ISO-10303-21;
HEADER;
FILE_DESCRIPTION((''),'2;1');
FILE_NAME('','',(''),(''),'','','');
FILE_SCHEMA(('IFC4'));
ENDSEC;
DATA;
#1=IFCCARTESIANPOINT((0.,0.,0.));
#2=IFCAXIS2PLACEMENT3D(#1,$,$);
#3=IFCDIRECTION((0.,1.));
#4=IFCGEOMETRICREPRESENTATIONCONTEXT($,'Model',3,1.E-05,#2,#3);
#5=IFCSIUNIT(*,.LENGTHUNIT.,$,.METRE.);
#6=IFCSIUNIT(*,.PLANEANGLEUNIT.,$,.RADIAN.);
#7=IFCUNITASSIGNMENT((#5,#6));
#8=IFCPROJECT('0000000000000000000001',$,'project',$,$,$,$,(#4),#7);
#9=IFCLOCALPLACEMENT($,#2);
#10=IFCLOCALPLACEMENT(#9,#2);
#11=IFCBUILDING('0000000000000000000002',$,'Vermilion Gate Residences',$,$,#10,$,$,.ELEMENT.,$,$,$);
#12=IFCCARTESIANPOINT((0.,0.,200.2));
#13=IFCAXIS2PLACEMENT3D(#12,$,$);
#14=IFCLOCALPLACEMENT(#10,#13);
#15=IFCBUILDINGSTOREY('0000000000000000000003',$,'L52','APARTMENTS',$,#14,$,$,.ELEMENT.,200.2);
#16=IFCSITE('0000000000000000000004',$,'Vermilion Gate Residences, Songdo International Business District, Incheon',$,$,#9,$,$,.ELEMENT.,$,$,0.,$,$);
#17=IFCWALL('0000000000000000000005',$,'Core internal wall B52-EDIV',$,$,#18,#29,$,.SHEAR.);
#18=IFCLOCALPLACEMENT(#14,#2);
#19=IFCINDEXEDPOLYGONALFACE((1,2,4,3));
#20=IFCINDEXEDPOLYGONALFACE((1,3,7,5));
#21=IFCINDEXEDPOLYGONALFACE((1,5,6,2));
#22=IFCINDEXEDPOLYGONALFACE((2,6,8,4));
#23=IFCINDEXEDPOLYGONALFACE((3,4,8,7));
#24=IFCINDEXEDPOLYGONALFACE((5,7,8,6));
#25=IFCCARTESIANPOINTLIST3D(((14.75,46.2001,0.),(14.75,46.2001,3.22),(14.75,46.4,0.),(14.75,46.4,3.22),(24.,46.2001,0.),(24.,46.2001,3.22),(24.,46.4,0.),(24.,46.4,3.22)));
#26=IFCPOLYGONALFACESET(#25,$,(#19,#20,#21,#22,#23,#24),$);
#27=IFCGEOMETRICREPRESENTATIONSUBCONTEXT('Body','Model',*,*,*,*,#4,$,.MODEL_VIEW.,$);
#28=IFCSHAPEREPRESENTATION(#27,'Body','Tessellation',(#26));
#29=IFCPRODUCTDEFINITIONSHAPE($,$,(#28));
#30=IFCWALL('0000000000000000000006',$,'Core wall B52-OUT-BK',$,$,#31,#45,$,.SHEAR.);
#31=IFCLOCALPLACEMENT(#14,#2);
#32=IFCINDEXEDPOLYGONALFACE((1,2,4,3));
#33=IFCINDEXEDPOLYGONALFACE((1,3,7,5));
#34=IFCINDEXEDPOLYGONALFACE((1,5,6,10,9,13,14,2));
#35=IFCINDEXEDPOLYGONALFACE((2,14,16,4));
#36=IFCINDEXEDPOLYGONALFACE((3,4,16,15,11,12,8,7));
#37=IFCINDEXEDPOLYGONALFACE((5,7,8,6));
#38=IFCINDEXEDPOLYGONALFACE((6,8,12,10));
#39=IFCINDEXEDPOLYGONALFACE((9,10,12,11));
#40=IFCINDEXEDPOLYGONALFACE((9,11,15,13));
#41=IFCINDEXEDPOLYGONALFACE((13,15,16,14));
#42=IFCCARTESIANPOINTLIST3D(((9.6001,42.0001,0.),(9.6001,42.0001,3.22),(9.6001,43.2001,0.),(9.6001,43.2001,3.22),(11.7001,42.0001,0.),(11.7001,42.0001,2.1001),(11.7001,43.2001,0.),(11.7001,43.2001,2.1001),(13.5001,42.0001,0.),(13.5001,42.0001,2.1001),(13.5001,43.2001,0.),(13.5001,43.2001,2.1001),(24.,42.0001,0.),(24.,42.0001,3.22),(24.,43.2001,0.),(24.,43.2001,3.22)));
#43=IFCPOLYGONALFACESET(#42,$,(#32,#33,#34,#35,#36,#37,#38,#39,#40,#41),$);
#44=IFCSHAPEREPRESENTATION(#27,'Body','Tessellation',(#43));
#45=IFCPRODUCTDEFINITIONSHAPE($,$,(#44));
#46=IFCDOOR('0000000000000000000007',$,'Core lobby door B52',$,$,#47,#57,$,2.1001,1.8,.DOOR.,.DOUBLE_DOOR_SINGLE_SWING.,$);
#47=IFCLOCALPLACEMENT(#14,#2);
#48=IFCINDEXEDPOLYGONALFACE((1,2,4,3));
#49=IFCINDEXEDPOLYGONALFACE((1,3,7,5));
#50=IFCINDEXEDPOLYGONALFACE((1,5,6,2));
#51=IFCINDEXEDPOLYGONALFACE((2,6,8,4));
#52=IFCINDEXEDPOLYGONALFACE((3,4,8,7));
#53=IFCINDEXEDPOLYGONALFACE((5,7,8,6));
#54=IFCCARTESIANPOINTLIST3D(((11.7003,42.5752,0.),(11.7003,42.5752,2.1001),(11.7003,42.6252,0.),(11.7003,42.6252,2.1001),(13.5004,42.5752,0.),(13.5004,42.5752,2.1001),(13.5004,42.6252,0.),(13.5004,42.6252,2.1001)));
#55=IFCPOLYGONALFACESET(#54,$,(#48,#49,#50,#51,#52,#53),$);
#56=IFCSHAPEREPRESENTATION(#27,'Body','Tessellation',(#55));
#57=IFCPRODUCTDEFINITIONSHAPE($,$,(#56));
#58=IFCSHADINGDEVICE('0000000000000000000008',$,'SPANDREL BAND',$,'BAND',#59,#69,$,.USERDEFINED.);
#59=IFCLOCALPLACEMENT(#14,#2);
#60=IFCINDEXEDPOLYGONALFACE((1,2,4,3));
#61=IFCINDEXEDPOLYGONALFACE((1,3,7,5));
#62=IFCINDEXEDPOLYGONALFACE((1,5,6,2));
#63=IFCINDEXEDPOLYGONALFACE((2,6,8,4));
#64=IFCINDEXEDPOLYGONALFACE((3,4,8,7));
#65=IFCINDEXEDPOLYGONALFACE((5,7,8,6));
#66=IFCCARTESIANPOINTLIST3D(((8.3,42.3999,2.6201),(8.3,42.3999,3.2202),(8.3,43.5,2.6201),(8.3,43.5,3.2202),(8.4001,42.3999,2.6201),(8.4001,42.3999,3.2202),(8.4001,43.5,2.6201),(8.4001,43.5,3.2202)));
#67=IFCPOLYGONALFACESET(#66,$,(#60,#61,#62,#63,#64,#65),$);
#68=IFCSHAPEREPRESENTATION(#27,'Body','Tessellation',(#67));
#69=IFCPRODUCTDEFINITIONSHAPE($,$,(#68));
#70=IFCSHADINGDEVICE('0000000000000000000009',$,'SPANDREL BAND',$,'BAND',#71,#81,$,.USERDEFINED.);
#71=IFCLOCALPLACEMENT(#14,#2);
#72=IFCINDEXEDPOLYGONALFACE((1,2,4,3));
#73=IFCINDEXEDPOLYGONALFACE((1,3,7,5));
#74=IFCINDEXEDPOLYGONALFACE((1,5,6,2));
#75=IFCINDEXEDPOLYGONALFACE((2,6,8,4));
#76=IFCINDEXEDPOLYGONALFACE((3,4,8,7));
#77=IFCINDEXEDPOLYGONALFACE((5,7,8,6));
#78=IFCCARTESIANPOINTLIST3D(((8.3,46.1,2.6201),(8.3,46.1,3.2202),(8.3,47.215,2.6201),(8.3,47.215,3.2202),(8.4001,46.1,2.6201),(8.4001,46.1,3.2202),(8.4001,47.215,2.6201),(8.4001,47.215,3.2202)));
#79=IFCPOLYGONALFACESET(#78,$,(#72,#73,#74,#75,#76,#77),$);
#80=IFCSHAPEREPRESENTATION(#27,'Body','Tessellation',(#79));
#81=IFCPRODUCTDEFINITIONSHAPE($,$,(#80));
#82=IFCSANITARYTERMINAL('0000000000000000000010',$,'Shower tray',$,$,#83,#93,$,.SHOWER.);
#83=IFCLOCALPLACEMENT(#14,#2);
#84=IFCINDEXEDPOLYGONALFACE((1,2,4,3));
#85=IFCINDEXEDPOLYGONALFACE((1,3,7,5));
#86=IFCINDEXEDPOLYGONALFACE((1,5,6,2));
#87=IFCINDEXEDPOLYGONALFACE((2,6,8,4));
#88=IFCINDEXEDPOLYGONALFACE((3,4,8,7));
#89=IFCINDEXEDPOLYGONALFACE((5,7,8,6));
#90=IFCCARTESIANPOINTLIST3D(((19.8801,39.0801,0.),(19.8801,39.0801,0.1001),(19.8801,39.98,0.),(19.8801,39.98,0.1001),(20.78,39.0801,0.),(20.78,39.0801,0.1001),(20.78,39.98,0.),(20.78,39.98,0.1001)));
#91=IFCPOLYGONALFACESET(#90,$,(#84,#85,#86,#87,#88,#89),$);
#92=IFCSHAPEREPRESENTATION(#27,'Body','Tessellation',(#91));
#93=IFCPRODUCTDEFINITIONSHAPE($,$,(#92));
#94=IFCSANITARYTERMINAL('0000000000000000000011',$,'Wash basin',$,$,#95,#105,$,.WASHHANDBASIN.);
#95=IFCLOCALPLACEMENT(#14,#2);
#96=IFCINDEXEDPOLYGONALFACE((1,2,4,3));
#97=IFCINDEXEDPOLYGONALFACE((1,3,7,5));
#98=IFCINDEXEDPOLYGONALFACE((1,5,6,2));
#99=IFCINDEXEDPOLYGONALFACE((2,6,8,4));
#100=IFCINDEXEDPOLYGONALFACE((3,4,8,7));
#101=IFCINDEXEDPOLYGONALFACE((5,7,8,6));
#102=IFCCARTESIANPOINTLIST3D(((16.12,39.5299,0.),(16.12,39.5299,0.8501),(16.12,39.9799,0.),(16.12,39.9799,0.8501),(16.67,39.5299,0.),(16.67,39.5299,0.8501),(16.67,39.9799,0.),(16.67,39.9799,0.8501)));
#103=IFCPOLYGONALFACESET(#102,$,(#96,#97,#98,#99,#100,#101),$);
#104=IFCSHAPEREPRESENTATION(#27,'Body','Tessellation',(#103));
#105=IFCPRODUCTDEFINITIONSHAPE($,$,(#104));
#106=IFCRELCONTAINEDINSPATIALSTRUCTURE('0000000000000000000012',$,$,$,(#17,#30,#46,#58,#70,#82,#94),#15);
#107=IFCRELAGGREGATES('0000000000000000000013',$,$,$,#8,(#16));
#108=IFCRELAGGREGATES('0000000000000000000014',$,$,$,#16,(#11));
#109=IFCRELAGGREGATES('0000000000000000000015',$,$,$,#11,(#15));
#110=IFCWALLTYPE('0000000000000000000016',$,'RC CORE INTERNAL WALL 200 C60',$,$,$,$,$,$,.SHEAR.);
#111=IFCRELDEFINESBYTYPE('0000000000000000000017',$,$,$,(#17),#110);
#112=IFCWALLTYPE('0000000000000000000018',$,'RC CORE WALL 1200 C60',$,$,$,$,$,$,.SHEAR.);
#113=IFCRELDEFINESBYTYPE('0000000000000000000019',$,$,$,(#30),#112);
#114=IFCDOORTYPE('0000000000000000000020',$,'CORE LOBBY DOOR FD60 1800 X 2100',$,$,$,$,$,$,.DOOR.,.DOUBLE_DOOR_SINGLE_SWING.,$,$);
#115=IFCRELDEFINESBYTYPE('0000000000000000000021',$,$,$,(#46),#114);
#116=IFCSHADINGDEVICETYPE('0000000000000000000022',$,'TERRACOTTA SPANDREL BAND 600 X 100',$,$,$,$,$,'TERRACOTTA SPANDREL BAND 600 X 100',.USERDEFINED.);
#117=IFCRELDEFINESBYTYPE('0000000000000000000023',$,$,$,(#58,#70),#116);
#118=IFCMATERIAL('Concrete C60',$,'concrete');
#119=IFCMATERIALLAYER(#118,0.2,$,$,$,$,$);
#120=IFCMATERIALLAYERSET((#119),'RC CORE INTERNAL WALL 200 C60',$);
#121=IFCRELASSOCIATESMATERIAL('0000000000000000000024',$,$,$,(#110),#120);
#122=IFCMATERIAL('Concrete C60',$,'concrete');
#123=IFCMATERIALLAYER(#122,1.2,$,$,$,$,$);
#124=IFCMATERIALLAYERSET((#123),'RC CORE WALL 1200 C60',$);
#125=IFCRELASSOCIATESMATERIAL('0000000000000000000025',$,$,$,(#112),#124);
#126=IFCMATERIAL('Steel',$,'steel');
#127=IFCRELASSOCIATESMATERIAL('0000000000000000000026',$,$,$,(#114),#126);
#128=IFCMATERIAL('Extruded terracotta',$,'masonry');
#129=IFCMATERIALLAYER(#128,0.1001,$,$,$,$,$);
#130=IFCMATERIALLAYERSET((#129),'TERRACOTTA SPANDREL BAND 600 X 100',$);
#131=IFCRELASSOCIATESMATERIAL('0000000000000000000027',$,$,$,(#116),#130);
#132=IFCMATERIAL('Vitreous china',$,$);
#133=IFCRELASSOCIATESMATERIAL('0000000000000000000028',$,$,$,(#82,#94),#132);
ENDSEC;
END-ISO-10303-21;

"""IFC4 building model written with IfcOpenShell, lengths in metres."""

from ifc_helpers import new_model, si_unit, direction, frame, frame_2d, origin, origin_2d, place, context, subcontext, project, spatial, rectangle, extrude, material, layer, layer_set, type_object, element, fill, save


model = new_model("IFC4")

# Units and contexts
model_context = context("Model", 3, precision=1e-05, world=origin(), true_north=direction((0.0, 1.0)))
body_context = subcontext(model_context, "Body", "Model", "MODEL_VIEW")
ifc_project = project(units=[si_unit("LENGTHUNIT", "METRE"), si_unit("PLANEANGLEUNIT", "RADIAN")], contexts=[model_context])

# Site, building, storey
site_placement = place(None, origin())
site = spatial("IfcSite", under=ifc_project, at=site_placement, Name="Vermilion Gate Residences, Songdo International Business District, Incheon", CompositionType="ELEMENT", RefElevation=0.0)
building_placement = place(site_placement, origin())
building = spatial("IfcBuilding", under=site, at=building_placement, Name="Vermilion Gate Residences", CompositionType="ELEMENT")
storey_placement = place(building_placement, frame((0.0, 0.0, 200.2)))
storey = spatial("IfcBuildingStorey", under=building, at=storey_placement, Name="L52", Description="APARTMENTS", CompositionType="ELEMENT", Elevation=200.2)

# Wall
ifc_material_1 = material(Name="Concrete C60", Category="concrete")
ifc_layer_1 = layer(ifc_material_1, 0.2)
ifc_layer_set_1 = layer_set([ifc_layer_1], Name="RC CORE INTERNAL WALL 200 C60")
wall_type_1 = type_object("IfcWallType", Name="RC CORE INTERNAL WALL 200 C60", PredefinedType="SHEAR", material=ifc_layer_set_1)
wall_1_placement = place(storey_placement, frame((14.75, 46.3, 0.0), z_axis=(0.0, 0.0, 1.0), x_axis=(1.0, 0.0, 0.0)))
element("IfcWall", 1, at=wall_1_placement, inside=storey, type_object=wall_type_1, Name="Core internal wall B52-EDIV", PredefinedType="SHEAR", context=body_context, shape_type="SweptSolid", body=[
    extrude(rectangle(XDim=9.25, YDim=0.2, at=frame_2d((4.625, 0.0))), origin(), (0.0, 0.0, 1.0), 3.22),
])

# Wall, opening, door
ifc_material_2 = material(Name="Concrete C60", Category="concrete")
ifc_layer_2 = layer(ifc_material_2, 1.2)
ifc_layer_set_2 = layer_set([ifc_layer_2], Name="RC CORE WALL 1200 C60")
wall_type_2 = type_object("IfcWallType", Name="RC CORE WALL 1200 C60", PredefinedType="SHEAR", material=ifc_layer_set_2)
wall_2_placement = place(storey_placement, frame((9.6001, 42.6001, 0.0), z_axis=(0.0, 0.0, 1.0), x_axis=(1.0, 0.0, 0.0)))
wall_2 = element("IfcWall", 2, at=wall_2_placement, inside=storey, type_object=wall_type_2, Name="Core wall B52-OUT-BK", PredefinedType="SHEAR", context=body_context, shape_type="SweptSolid", body=[
    extrude(rectangle(XDim=14.3999, YDim=1.2, at=frame_2d((7.2, 0.0))), origin(), (0.0, 0.0, 1.0), 3.22),
])
opening_1_placement = place(wall_2_placement, frame((2.1001, 0.0, 0.0)))
opening_1 = element("IfcOpeningElement", 3, at=opening_1_placement, cuts=wall_2, PredefinedType="OPENING", context=body_context, shape_type="SweptSolid", body=[
    extrude(rectangle(XDim=1.8, YDim=2.1001, at=frame_2d((0.8999, 1.05))), frame((0.0, 0.6099, 0.0), z_axis=(0.0, -1.0, 0.0), x_axis=(1.0, 0.0, 0.0)), (0.0, 0.0, 1.0), 1.22),
])
ifc_material_3 = material(Name="Steel", Category="steel")
door_type_1 = type_object("IfcDoorType", Name="CORE LOBBY DOOR FD60 1800 X 2100", OperationType="DOUBLE_DOOR_SINGLE_SWING", PredefinedType="DOOR", material=ifc_material_3)
door_1_placement = place(opening_1_placement, frame((1.8, 0.0, 0.0), z_axis=(0.0, 0.0, 1.0), x_axis=(-1.0, 0.0, 0.0)))
door_1 = element("IfcDoor", 4, at=door_1_placement, inside=storey, type_object=door_type_1, Name="Core lobby door B52", OperationType="DOUBLE_DOOR_SINGLE_SWING", OverallHeight=2.1001, OverallWidth=1.8, PredefinedType="DOOR", context=body_context, shape_type="SweptSolid", body=[
    extrude(rectangle(XDim=1.8, YDim=2.1001, at=frame_2d((0.8999, 1.05))), frame((0.0, 0.0249, 0.0), z_axis=(0.0, -1.0, 0.0), x_axis=(1.0, 0.0, 0.0)), (0.0, 0.0, 1.0), 0.05),
])
fill(opening_1, door_1)

# Shading devices
ifc_material_4 = material(Name="Extruded terracotta", Category="masonry")
ifc_layer_3 = layer(ifc_material_4, 0.1001)
ifc_layer_set_3 = layer_set([ifc_layer_3], Name="TERRACOTTA SPANDREL BAND 600 X 100")
shading_device_type = type_object("IfcShadingDeviceType", Name="TERRACOTTA SPANDREL BAND 600 X 100", ElementType="TERRACOTTA SPANDREL BAND 600 X 100", PredefinedType="USERDEFINED", material=ifc_layer_set_3)
shading_device_1_placement = place(storey_placement, frame((8.3501, 42.95, 2.6201), z_axis=(0.0, 0.0, 1.0), x_axis=(0.0, 1.0, 0.0)))
element("IfcShadingDevice", 5, at=shading_device_1_placement, inside=storey, type_object=shading_device_type, Name="SPANDREL BAND", ObjectType="BAND", PredefinedType="USERDEFINED", context=body_context, shape_type="SweptSolid", body=[
    extrude(rectangle(XDim=1.1001, YDim=0.1001, at=origin_2d()), origin(), (0.0, 0.0, 1.0), 0.6001),
])
shading_device_2_placement = place(storey_placement, frame((8.3501, 46.6575, 2.6201), z_axis=(0.0, 0.0, 1.0), x_axis=(0.0, 1.0, 0.0)))
element("IfcShadingDevice", 6, at=shading_device_2_placement, inside=storey, type_object=shading_device_type, Name="SPANDREL BAND", ObjectType="BAND", PredefinedType="USERDEFINED", context=body_context, shape_type="SweptSolid", body=[
    extrude(rectangle(XDim=1.115, YDim=0.1001, at=origin_2d()), origin(), (0.0, 0.0, 1.0), 0.6001),
])

# Sanitary terminals
ifc_material_5 = material(Name="Vitreous china")
sanitary_terminal_1_placement = place(storey_placement, frame((20.3301, 39.53, 0.0), z_axis=(0.0, 0.0, 1.0), x_axis=(1.0, 0.0, 0.0)))
element("IfcSanitaryTerminal", 7, at=sanitary_terminal_1_placement, inside=storey, material=ifc_material_5, Name="Shower tray", PredefinedType="SHOWER", context=body_context, shape_type="SweptSolid", body=[
    extrude(rectangle(XDim=0.8999, YDim=0.8999, at=origin_2d()), origin(), (0.0, 0.0, 1.0), 0.1001),
])
sanitary_terminal_2_placement = place(storey_placement, frame((16.395, 39.7549, 0.0), z_axis=(0.0, 0.0, 1.0), x_axis=(1.0, 0.0, 0.0)))
element("IfcSanitaryTerminal", 8, at=sanitary_terminal_2_placement, inside=storey, material=ifc_material_5, Name="Wash basin", PredefinedType="WASHHANDBASIN", context=body_context, shape_type="SweptSolid", body=[
    extrude(rectangle(XDim=0.55, YDim=0.45, at=origin_2d()), origin(), (0.0, 0.0, 1.0), 0.8501),
])

save(model, "model.ifc")
